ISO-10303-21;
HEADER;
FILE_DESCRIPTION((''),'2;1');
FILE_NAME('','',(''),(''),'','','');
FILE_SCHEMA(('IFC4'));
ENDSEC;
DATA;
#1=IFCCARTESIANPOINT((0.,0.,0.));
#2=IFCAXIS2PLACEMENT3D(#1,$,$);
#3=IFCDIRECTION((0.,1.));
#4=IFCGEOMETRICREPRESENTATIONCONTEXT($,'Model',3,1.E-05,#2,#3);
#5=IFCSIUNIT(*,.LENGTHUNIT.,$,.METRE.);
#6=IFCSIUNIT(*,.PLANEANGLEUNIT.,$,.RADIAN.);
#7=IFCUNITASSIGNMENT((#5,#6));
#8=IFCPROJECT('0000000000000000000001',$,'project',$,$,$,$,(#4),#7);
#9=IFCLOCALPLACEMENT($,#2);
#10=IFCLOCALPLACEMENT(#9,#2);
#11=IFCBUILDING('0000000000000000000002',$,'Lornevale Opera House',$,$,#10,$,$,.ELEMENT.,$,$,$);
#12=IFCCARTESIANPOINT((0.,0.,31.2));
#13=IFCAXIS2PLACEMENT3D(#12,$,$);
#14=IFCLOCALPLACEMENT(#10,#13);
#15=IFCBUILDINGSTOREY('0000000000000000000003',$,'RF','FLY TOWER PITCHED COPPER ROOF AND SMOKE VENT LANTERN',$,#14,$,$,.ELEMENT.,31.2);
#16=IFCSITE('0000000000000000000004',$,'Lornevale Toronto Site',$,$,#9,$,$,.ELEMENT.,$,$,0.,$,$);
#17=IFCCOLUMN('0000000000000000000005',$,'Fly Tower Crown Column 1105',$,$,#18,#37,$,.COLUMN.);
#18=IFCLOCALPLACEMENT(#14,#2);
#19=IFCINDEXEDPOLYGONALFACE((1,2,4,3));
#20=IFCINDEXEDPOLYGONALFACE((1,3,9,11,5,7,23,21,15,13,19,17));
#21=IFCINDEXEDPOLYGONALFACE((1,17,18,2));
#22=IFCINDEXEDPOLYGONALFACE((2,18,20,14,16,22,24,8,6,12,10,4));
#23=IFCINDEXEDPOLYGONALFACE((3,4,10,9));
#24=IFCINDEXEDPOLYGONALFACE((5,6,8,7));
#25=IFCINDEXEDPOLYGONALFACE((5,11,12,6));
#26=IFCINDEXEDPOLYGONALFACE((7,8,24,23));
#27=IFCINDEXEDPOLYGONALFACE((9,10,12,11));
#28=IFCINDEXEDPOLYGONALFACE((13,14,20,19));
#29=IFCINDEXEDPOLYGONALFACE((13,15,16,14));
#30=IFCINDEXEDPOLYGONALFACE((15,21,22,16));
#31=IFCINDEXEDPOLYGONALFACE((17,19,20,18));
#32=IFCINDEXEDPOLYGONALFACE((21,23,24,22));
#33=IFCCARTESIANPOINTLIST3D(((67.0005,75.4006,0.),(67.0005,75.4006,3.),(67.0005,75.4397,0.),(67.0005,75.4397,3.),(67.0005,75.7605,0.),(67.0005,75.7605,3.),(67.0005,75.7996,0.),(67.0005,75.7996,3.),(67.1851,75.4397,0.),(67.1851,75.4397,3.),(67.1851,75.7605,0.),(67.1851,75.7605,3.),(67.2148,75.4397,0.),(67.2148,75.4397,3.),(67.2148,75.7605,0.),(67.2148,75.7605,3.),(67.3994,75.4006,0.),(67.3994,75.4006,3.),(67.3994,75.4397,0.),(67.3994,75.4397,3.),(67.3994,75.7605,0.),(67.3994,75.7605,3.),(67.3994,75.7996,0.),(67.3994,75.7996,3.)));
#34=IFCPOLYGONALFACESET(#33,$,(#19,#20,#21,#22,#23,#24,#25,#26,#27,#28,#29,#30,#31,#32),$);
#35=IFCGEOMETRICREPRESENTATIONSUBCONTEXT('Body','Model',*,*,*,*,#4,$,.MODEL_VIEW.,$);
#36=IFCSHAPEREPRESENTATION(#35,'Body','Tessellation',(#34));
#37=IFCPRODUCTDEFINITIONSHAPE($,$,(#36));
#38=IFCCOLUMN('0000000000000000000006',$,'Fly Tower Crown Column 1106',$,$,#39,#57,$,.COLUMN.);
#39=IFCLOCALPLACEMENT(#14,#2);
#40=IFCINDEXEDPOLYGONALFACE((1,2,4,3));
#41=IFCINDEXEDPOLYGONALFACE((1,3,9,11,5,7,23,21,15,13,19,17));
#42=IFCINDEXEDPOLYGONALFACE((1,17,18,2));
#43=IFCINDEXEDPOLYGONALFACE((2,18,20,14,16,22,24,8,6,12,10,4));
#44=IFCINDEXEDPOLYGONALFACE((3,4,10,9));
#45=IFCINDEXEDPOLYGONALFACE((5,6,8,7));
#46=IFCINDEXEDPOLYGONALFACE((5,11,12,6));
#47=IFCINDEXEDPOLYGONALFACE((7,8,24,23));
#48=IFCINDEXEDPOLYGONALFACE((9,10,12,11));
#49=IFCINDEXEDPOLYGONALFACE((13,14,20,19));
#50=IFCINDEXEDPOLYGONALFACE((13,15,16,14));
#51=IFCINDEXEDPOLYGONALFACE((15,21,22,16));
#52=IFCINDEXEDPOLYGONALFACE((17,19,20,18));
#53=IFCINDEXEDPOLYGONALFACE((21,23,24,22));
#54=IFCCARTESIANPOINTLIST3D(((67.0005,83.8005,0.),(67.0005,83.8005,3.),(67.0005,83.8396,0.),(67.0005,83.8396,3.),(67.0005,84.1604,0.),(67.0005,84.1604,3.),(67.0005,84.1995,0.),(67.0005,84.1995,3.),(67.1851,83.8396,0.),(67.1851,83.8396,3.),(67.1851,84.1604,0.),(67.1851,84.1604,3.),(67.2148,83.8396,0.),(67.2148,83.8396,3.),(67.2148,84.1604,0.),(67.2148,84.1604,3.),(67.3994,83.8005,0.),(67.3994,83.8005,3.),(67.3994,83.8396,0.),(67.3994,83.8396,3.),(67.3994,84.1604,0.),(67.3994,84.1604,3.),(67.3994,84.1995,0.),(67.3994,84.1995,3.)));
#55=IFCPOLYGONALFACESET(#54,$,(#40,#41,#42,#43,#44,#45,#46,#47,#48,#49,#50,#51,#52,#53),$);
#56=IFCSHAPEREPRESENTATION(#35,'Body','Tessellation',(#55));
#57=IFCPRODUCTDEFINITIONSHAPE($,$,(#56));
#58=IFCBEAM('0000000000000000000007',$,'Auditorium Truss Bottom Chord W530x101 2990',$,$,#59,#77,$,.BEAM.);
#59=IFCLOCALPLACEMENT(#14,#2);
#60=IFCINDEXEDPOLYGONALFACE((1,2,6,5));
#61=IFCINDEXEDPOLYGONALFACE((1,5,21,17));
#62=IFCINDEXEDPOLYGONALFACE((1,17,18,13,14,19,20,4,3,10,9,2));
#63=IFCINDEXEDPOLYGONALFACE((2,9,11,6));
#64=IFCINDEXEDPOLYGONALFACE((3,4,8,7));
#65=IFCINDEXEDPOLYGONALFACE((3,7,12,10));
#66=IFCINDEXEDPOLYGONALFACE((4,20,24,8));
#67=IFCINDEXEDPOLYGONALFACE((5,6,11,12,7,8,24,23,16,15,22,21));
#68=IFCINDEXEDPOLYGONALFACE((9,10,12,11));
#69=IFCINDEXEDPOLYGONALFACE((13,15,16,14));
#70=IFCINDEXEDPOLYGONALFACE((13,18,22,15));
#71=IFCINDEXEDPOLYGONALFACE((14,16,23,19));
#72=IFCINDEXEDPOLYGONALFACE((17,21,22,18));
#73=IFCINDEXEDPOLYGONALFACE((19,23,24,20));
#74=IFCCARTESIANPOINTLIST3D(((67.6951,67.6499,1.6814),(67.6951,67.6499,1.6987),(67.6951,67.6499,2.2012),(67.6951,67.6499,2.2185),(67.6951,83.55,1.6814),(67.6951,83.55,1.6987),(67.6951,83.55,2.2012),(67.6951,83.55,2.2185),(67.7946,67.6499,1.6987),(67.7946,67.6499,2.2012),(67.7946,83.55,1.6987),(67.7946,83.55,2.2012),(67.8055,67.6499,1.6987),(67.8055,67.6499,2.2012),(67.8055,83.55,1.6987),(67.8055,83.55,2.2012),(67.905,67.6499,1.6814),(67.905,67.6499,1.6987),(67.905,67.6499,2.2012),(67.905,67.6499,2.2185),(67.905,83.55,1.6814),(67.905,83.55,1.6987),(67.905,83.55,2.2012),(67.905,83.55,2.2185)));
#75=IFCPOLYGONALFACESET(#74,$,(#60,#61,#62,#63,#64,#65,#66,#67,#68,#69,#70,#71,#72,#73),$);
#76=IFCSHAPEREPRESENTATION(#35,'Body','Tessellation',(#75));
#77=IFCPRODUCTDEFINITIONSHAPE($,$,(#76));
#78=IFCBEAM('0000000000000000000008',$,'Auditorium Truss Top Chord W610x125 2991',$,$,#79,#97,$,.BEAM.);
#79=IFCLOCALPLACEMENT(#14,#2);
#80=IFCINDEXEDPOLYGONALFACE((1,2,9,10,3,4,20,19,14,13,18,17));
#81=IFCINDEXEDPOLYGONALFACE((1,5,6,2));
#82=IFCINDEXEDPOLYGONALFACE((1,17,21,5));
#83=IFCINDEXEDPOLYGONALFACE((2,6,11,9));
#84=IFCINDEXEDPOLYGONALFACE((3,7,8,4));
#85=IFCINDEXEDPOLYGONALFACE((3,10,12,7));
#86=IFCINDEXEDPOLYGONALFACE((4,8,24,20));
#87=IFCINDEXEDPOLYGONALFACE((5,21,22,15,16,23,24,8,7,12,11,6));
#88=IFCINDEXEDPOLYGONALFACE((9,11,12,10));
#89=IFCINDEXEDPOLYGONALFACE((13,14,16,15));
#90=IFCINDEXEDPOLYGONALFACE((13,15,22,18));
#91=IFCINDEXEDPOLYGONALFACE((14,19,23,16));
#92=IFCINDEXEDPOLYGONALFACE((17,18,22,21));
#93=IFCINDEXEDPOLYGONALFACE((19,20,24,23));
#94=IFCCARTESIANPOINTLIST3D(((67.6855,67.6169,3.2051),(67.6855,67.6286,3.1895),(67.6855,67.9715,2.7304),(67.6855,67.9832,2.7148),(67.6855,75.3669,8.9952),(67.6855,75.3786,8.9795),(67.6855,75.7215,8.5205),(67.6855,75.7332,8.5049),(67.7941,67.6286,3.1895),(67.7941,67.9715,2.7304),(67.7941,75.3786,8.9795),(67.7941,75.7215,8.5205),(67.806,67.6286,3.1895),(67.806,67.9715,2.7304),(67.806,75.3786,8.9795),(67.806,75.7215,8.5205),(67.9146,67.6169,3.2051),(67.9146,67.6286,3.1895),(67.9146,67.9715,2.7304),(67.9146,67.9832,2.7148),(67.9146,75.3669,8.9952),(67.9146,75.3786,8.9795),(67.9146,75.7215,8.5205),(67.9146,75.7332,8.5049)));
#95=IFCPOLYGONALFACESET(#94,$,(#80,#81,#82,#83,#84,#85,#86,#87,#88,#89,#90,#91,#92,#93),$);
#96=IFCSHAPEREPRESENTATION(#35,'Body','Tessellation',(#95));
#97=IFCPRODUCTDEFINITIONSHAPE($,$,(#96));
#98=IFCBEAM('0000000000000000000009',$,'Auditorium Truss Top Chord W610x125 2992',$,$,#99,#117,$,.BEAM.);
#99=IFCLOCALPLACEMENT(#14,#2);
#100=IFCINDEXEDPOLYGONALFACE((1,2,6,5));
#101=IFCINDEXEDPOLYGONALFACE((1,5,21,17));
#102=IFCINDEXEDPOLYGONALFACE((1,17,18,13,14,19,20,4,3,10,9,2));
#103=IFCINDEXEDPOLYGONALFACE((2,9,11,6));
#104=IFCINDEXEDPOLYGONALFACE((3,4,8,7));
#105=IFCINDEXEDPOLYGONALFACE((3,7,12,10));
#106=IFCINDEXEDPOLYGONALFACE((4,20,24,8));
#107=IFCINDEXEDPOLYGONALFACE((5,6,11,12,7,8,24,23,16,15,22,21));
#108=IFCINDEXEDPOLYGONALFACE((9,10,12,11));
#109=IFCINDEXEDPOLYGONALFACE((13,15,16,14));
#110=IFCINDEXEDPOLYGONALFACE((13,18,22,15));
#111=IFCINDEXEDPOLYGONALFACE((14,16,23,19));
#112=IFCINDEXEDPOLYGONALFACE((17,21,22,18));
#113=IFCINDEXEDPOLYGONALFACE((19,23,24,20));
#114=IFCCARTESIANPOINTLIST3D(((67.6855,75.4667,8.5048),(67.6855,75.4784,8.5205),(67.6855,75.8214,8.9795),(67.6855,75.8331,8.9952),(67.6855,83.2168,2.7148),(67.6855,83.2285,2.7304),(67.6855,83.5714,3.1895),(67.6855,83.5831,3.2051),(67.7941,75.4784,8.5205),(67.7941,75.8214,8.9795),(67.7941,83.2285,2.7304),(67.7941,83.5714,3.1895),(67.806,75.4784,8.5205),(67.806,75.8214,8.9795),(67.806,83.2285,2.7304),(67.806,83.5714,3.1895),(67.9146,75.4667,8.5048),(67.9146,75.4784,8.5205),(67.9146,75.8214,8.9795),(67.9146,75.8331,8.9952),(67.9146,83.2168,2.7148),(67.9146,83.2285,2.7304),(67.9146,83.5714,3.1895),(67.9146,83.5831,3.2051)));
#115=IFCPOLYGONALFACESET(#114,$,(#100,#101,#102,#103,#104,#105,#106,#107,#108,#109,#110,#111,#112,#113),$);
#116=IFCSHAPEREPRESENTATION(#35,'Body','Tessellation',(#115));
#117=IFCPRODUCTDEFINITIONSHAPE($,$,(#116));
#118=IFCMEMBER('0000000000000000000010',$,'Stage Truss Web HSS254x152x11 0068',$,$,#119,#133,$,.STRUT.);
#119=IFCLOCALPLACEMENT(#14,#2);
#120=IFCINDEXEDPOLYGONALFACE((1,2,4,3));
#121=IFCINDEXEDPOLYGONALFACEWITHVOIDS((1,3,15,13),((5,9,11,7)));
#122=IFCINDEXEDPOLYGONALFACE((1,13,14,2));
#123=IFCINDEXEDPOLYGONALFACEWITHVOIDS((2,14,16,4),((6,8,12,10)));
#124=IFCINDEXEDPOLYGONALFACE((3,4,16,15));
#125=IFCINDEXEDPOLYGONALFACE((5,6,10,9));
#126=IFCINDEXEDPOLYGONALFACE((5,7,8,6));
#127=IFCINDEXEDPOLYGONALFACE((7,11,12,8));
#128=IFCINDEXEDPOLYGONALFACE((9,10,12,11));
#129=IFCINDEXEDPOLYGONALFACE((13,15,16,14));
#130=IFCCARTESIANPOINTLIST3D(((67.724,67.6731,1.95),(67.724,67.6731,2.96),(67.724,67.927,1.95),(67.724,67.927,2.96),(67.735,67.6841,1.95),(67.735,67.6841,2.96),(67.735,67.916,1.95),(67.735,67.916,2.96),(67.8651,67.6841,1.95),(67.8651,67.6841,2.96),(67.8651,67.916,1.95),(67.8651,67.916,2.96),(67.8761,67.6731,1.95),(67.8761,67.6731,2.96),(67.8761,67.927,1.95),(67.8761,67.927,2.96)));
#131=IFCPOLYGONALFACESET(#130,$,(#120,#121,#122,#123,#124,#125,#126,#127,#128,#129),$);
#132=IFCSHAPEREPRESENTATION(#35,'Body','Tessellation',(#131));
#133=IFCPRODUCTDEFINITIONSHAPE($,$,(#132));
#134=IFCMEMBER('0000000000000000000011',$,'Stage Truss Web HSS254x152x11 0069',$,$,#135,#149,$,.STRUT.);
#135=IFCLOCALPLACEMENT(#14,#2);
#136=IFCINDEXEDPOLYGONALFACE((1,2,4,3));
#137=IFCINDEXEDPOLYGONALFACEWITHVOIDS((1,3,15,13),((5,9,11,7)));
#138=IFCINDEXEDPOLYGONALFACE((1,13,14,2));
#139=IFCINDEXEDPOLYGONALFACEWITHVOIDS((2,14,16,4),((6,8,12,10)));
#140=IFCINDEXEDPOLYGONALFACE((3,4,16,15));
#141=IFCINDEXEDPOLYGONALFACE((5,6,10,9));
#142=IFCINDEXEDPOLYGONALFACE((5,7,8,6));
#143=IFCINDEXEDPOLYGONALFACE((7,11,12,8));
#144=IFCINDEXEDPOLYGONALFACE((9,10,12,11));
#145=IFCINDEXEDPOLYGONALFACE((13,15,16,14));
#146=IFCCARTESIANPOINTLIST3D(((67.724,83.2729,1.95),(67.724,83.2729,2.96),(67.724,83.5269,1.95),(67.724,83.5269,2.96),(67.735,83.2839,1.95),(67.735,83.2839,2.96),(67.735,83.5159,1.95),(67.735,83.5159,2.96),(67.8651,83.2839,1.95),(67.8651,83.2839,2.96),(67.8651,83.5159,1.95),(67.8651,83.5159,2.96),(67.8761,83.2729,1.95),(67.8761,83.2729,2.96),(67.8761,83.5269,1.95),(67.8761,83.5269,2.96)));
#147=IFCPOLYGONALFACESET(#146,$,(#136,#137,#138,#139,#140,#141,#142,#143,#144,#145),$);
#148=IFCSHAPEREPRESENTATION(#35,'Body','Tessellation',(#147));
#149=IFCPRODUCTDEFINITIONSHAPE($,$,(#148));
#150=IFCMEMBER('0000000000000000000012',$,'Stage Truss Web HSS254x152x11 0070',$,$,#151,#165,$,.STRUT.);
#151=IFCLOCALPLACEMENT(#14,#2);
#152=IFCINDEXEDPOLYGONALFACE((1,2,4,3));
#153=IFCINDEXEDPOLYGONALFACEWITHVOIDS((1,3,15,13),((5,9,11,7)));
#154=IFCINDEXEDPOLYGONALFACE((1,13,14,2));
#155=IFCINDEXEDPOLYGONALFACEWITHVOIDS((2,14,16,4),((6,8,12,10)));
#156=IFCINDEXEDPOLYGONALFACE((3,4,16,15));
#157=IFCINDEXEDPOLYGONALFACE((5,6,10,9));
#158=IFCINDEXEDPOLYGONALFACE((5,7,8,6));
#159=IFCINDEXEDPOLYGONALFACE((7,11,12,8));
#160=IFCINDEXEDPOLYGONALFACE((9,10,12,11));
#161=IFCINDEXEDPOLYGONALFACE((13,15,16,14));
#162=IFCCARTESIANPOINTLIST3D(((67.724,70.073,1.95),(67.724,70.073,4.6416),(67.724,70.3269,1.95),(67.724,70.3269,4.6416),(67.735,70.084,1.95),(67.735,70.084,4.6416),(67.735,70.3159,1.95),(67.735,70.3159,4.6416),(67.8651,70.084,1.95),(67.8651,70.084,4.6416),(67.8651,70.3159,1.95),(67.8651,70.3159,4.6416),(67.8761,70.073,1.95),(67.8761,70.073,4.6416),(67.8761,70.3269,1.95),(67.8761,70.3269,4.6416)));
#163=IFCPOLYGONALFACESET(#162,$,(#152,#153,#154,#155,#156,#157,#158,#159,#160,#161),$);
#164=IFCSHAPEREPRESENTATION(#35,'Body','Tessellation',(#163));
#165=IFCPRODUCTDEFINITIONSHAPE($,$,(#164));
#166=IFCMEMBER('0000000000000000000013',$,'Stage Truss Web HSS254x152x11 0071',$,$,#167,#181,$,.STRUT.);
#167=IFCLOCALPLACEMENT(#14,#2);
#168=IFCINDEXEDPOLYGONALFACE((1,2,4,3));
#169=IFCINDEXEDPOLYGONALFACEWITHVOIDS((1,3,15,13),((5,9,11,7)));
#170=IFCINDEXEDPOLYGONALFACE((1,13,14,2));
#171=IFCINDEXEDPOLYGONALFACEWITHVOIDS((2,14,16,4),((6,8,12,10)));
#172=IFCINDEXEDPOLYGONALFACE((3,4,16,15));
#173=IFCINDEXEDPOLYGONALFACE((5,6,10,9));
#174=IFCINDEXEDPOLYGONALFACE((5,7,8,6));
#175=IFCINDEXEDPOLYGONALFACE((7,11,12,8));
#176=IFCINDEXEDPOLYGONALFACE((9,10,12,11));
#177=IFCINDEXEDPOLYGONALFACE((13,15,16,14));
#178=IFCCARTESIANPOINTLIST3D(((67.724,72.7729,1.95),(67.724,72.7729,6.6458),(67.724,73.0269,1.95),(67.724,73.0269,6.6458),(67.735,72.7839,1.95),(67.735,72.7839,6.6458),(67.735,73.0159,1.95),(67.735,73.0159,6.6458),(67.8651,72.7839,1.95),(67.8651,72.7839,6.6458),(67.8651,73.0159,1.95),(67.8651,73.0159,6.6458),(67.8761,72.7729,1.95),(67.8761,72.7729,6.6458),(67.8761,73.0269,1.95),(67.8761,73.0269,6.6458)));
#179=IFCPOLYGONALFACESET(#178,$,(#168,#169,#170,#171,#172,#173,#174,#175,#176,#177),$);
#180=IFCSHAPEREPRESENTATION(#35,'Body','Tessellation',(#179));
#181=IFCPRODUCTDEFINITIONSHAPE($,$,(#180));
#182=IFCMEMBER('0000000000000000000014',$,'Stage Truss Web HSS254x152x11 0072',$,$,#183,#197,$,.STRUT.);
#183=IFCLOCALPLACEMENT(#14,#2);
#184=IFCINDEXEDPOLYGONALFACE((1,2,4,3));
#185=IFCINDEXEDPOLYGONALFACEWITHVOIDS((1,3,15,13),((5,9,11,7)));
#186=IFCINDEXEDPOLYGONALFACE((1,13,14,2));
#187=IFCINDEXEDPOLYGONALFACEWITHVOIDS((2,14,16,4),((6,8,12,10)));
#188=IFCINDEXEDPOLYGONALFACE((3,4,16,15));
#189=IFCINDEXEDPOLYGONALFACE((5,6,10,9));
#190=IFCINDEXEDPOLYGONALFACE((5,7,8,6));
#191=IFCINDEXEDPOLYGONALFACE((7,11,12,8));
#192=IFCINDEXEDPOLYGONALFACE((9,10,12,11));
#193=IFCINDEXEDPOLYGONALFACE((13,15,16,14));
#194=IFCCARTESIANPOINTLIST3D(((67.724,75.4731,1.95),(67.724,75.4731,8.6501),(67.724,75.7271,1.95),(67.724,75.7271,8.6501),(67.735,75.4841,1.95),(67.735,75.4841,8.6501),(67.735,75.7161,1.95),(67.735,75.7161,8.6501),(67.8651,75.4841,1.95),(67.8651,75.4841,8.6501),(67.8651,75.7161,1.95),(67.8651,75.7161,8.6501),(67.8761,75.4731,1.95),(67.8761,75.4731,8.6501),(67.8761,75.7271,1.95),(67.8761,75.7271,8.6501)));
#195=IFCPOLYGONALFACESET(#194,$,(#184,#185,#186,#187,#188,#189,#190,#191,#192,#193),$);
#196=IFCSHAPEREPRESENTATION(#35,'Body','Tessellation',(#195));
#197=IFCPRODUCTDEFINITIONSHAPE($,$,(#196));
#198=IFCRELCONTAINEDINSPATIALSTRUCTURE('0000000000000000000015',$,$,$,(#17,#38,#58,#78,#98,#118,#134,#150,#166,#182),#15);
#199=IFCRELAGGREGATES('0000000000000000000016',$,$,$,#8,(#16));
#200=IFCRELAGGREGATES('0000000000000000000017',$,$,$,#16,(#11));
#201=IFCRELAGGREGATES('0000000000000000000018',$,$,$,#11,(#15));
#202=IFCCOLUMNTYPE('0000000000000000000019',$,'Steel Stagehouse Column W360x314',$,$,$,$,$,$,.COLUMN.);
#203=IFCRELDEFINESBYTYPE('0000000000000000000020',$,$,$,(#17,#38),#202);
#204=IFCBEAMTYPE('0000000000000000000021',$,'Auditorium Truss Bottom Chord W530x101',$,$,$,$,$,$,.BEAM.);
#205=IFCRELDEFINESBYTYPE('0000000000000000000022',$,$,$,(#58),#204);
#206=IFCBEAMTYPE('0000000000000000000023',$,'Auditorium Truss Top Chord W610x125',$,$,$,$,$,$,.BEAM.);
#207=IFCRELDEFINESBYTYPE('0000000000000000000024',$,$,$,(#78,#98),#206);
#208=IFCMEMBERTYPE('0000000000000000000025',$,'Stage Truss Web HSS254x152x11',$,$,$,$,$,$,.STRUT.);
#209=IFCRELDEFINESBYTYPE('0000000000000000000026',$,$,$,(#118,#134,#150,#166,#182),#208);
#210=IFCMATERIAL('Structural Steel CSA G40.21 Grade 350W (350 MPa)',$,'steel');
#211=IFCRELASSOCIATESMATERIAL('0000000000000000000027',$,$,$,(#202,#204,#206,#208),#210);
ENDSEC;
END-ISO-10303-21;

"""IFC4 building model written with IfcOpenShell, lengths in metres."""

from ifc_helpers import new_model, si_unit, direction, frame, origin, origin_2d, place, context, subcontext, project, spatial, hollow_rectangle, i_section, extrude, material, material_profile, profile_set, type_object, element, save


model = new_model("IFC4")

# Units and contexts
model_context = context("Model", 3, precision=1e-05, world=origin(), true_north=direction((0.0, 1.0)))
body_context = subcontext(model_context, "Body", "Model", "MODEL_VIEW")
ifc_project = project(units=[si_unit("LENGTHUNIT", "METRE"), si_unit("PLANEANGLEUNIT", "RADIAN")], contexts=[model_context])

# Site, building, storey
site_placement = place(None, origin())
site = spatial("IfcSite", under=ifc_project, at=site_placement, Name="Lornevale Toronto Site", CompositionType="ELEMENT", RefElevation=0.0)
building_placement = place(site_placement, origin())
building = spatial("IfcBuilding", under=site, at=building_placement, Name="Lornevale Opera House", CompositionType="ELEMENT")
storey_placement = place(building_placement, frame((0.0, 0.0, 31.2)))
storey = spatial("IfcBuildingStorey", under=building, at=storey_placement, Name="RF", Description="FLY TOWER PITCHED COPPER ROOF AND SMOKE VENT LANTERN", CompositionType="ELEMENT", Elevation=31.2)

# Columns
ifc_material_1 = material(Name="Structural Steel CSA G40.21 Grade 350W (350 MPa)", Category="steel")
ifc_material_profile_1 = material_profile(ifc_material_1, i_section(OverallWidth=0.3989, OverallDepth=0.3989, WebThickness=0.0298, FlangeThickness=0.0391, at=origin_2d()), Name="W360x314")
ifc_profile_set_1 = profile_set([ifc_material_profile_1], Name="Structural Steel CSA G40.21 Grade 350W (350 MPa)")
column_type = type_object("IfcColumnType", Name="Steel Stagehouse Column W360x314", PredefinedType="COLUMN", material=ifc_profile_set_1)
for number, where, z_axis, x_axis, name in (
    (1, (67.2, 75.6001, 0.0), (0.0, 0.0, 1.0), (1.0, 0.0, 0.0), "Fly Tower Crown Column 1105"),
    (2, (67.2, 84.0, 0.0), (0.0, 0.0, 1.0), (1.0, 0.0, 0.0), "Fly Tower Crown Column 1106"),
):
    element("IfcColumn", number, at=place(storey_placement, frame(where, z_axis=z_axis, x_axis=x_axis)), inside=storey, type_object=column_type, Name=name, PredefinedType="COLUMN", context=body_context, shape_type="SweptSolid", body=[
        extrude(i_section(OverallWidth=0.3989, OverallDepth=0.3989, WebThickness=0.0298, FlangeThickness=0.0391, at=origin_2d()), origin(), (0.0, 0.0, 1.0), 3.0),
    ])

# Beams
ifc_material_profile_2 = material_profile(ifc_material_1, i_section(OverallWidth=0.21, OverallDepth=0.5371, WebThickness=0.011, FlangeThickness=0.0173, at=origin_2d()), Name="W530x101")
ifc_profile_set_2 = profile_set([ifc_material_profile_2], Name="Structural Steel CSA G40.21 Grade 350W (350 MPa)")
beam_type_1 = type_object("IfcBeamType", Name="Auditorium Truss Bottom Chord W530x101", PredefinedType="BEAM", material=ifc_profile_set_2)
beam_1_placement = place(storey_placement, frame((67.8, 67.6499, 1.95), z_axis=(0.0, 1.0, 0.0), x_axis=(-1.0, 0.0, 0.0)))
element("IfcBeam", 3, at=beam_1_placement, inside=storey, type_object=beam_type_1, Name="Auditorium Truss Bottom Chord W530x101 2990", PredefinedType="BEAM", context=body_context, shape_type="SweptSolid", body=[
    extrude(i_section(OverallWidth=0.21, OverallDepth=0.5371, WebThickness=0.011, FlangeThickness=0.0173, at=origin_2d()), origin(), (0.0, 0.0, 1.0), 15.9001),
])
ifc_material_profile_3 = material_profile(ifc_material_1, i_section(OverallWidth=0.229, OverallDepth=0.6121, WebThickness=0.012, FlangeThickness=0.0195, at=origin_2d()), Name="W610x125")
ifc_profile_set_3 = profile_set([ifc_material_profile_3], Name="Structural Steel CSA G40.21 Grade 350W (350 MPa)")
beam_type_2 = type_object("IfcBeamType", Name="Auditorium Truss Top Chord W610x125", PredefinedType="BEAM", material=ifc_profile_set_3)
for number, where, z_axis, x_axis, name in (
    (4, (67.8, 67.8, 2.96), (0.0, 0.801113, 0.598513), (-1.0, 0.0, 0.0), "Auditorium Truss Top Chord W610x125 2991"),
    (5, (67.8, 75.6499, 8.75), (0.0, 0.801113, -0.598513), (-1.0, 0.0, 0.0), "Auditorium Truss Top Chord W610x125 2992"),
):
    element("IfcBeam", number, at=place(storey_placement, frame(where, z_axis=z_axis, x_axis=x_axis)), inside=storey, type_object=beam_type_2, Name=name, PredefinedType="BEAM", context=body_context, shape_type="SweptSolid", body=[
        extrude(i_section(OverallWidth=0.229, OverallDepth=0.6121, WebThickness=0.012, FlangeThickness=0.0195, at=origin_2d()), origin(), (0.0, 0.0, 1.0), 9.6741),
    ])

# Members
ifc_material_profile_4 = material_profile(ifc_material_1, hollow_rectangle(XDim=0.1521, YDim=0.2539, WallThickness=0.011, at=origin_2d()), Name="HSS254x152x11")
ifc_profile_set_4 = profile_set([ifc_material_profile_4], Name="Structural Steel CSA G40.21 Grade 350W (350 MPa)")
member_type = type_object("IfcMemberType", Name="Stage Truss Web HSS254x152x11", PredefinedType="STRUT", material=ifc_profile_set_4)
for number, where, z_axis, x_axis, name in (
    (6, (67.8, 67.8, 1.95), (0.0, 0.0, 1.0), (1.0, 0.0, 0.0), "Stage Truss Web HSS254x152x11 0068"),
    (7, (67.8, 83.3999, 1.95), (0.0, 0.0, 1.0), (1.0, 0.0, 0.0), "Stage Truss Web HSS254x152x11 0069"),
):
    element("IfcMember", number, at=place(storey_placement, frame(where, z_axis=z_axis, x_axis=x_axis)), inside=storey, type_object=member_type, Name=name, PredefinedType="STRUT", context=body_context, shape_type="SweptSolid", body=[
        extrude(hollow_rectangle(XDim=0.1521, YDim=0.2539, WallThickness=0.011, at=origin_2d()), origin(), (0.0, 0.0, 1.0), 1.01),
    ])
member_1_placement = place(storey_placement, frame((67.8, 70.2, 1.95), z_axis=(0.0, 0.0, 1.0), x_axis=(1.0, 0.0, 0.0)))
element("IfcMember", 8, at=member_1_placement, inside=storey, type_object=member_type, Name="Stage Truss Web HSS254x152x11 0070", PredefinedType="STRUT", context=body_context, shape_type="SweptSolid", body=[
    extrude(hollow_rectangle(XDim=0.1521, YDim=0.2539, WallThickness=0.011, at=origin_2d()), origin(), (0.0, 0.0, 1.0), 2.6917),
])
member_2_placement = place(storey_placement, frame((67.8, 72.8999, 1.95), z_axis=(0.0, 0.0, 1.0), x_axis=(1.0, 0.0, 0.0)))
element("IfcMember", 9, at=member_2_placement, inside=storey, type_object=member_type, Name="Stage Truss Web HSS254x152x11 0071", PredefinedType="STRUT", context=body_context, shape_type="SweptSolid", body=[
    extrude(hollow_rectangle(XDim=0.1521, YDim=0.2539, WallThickness=0.011, at=origin_2d()), origin(), (0.0, 0.0, 1.0), 4.6958),
])
member_3_placement = place(storey_placement, frame((67.8, 75.6001, 1.95), z_axis=(0.0, 0.0, 1.0), x_axis=(1.0, 0.0, 0.0)))
element("IfcMember", 10, at=member_3_placement, inside=storey, type_object=member_type, Name="Stage Truss Web HSS254x152x11 0072", PredefinedType="STRUT", context=body_context, shape_type="SweptSolid", body=[
    extrude(hollow_rectangle(XDim=0.1521, YDim=0.2539, WallThickness=0.011, at=origin_2d()), origin(), (0.0, 0.0, 1.0), 6.7002),
])

save(model, "model.ifc")
